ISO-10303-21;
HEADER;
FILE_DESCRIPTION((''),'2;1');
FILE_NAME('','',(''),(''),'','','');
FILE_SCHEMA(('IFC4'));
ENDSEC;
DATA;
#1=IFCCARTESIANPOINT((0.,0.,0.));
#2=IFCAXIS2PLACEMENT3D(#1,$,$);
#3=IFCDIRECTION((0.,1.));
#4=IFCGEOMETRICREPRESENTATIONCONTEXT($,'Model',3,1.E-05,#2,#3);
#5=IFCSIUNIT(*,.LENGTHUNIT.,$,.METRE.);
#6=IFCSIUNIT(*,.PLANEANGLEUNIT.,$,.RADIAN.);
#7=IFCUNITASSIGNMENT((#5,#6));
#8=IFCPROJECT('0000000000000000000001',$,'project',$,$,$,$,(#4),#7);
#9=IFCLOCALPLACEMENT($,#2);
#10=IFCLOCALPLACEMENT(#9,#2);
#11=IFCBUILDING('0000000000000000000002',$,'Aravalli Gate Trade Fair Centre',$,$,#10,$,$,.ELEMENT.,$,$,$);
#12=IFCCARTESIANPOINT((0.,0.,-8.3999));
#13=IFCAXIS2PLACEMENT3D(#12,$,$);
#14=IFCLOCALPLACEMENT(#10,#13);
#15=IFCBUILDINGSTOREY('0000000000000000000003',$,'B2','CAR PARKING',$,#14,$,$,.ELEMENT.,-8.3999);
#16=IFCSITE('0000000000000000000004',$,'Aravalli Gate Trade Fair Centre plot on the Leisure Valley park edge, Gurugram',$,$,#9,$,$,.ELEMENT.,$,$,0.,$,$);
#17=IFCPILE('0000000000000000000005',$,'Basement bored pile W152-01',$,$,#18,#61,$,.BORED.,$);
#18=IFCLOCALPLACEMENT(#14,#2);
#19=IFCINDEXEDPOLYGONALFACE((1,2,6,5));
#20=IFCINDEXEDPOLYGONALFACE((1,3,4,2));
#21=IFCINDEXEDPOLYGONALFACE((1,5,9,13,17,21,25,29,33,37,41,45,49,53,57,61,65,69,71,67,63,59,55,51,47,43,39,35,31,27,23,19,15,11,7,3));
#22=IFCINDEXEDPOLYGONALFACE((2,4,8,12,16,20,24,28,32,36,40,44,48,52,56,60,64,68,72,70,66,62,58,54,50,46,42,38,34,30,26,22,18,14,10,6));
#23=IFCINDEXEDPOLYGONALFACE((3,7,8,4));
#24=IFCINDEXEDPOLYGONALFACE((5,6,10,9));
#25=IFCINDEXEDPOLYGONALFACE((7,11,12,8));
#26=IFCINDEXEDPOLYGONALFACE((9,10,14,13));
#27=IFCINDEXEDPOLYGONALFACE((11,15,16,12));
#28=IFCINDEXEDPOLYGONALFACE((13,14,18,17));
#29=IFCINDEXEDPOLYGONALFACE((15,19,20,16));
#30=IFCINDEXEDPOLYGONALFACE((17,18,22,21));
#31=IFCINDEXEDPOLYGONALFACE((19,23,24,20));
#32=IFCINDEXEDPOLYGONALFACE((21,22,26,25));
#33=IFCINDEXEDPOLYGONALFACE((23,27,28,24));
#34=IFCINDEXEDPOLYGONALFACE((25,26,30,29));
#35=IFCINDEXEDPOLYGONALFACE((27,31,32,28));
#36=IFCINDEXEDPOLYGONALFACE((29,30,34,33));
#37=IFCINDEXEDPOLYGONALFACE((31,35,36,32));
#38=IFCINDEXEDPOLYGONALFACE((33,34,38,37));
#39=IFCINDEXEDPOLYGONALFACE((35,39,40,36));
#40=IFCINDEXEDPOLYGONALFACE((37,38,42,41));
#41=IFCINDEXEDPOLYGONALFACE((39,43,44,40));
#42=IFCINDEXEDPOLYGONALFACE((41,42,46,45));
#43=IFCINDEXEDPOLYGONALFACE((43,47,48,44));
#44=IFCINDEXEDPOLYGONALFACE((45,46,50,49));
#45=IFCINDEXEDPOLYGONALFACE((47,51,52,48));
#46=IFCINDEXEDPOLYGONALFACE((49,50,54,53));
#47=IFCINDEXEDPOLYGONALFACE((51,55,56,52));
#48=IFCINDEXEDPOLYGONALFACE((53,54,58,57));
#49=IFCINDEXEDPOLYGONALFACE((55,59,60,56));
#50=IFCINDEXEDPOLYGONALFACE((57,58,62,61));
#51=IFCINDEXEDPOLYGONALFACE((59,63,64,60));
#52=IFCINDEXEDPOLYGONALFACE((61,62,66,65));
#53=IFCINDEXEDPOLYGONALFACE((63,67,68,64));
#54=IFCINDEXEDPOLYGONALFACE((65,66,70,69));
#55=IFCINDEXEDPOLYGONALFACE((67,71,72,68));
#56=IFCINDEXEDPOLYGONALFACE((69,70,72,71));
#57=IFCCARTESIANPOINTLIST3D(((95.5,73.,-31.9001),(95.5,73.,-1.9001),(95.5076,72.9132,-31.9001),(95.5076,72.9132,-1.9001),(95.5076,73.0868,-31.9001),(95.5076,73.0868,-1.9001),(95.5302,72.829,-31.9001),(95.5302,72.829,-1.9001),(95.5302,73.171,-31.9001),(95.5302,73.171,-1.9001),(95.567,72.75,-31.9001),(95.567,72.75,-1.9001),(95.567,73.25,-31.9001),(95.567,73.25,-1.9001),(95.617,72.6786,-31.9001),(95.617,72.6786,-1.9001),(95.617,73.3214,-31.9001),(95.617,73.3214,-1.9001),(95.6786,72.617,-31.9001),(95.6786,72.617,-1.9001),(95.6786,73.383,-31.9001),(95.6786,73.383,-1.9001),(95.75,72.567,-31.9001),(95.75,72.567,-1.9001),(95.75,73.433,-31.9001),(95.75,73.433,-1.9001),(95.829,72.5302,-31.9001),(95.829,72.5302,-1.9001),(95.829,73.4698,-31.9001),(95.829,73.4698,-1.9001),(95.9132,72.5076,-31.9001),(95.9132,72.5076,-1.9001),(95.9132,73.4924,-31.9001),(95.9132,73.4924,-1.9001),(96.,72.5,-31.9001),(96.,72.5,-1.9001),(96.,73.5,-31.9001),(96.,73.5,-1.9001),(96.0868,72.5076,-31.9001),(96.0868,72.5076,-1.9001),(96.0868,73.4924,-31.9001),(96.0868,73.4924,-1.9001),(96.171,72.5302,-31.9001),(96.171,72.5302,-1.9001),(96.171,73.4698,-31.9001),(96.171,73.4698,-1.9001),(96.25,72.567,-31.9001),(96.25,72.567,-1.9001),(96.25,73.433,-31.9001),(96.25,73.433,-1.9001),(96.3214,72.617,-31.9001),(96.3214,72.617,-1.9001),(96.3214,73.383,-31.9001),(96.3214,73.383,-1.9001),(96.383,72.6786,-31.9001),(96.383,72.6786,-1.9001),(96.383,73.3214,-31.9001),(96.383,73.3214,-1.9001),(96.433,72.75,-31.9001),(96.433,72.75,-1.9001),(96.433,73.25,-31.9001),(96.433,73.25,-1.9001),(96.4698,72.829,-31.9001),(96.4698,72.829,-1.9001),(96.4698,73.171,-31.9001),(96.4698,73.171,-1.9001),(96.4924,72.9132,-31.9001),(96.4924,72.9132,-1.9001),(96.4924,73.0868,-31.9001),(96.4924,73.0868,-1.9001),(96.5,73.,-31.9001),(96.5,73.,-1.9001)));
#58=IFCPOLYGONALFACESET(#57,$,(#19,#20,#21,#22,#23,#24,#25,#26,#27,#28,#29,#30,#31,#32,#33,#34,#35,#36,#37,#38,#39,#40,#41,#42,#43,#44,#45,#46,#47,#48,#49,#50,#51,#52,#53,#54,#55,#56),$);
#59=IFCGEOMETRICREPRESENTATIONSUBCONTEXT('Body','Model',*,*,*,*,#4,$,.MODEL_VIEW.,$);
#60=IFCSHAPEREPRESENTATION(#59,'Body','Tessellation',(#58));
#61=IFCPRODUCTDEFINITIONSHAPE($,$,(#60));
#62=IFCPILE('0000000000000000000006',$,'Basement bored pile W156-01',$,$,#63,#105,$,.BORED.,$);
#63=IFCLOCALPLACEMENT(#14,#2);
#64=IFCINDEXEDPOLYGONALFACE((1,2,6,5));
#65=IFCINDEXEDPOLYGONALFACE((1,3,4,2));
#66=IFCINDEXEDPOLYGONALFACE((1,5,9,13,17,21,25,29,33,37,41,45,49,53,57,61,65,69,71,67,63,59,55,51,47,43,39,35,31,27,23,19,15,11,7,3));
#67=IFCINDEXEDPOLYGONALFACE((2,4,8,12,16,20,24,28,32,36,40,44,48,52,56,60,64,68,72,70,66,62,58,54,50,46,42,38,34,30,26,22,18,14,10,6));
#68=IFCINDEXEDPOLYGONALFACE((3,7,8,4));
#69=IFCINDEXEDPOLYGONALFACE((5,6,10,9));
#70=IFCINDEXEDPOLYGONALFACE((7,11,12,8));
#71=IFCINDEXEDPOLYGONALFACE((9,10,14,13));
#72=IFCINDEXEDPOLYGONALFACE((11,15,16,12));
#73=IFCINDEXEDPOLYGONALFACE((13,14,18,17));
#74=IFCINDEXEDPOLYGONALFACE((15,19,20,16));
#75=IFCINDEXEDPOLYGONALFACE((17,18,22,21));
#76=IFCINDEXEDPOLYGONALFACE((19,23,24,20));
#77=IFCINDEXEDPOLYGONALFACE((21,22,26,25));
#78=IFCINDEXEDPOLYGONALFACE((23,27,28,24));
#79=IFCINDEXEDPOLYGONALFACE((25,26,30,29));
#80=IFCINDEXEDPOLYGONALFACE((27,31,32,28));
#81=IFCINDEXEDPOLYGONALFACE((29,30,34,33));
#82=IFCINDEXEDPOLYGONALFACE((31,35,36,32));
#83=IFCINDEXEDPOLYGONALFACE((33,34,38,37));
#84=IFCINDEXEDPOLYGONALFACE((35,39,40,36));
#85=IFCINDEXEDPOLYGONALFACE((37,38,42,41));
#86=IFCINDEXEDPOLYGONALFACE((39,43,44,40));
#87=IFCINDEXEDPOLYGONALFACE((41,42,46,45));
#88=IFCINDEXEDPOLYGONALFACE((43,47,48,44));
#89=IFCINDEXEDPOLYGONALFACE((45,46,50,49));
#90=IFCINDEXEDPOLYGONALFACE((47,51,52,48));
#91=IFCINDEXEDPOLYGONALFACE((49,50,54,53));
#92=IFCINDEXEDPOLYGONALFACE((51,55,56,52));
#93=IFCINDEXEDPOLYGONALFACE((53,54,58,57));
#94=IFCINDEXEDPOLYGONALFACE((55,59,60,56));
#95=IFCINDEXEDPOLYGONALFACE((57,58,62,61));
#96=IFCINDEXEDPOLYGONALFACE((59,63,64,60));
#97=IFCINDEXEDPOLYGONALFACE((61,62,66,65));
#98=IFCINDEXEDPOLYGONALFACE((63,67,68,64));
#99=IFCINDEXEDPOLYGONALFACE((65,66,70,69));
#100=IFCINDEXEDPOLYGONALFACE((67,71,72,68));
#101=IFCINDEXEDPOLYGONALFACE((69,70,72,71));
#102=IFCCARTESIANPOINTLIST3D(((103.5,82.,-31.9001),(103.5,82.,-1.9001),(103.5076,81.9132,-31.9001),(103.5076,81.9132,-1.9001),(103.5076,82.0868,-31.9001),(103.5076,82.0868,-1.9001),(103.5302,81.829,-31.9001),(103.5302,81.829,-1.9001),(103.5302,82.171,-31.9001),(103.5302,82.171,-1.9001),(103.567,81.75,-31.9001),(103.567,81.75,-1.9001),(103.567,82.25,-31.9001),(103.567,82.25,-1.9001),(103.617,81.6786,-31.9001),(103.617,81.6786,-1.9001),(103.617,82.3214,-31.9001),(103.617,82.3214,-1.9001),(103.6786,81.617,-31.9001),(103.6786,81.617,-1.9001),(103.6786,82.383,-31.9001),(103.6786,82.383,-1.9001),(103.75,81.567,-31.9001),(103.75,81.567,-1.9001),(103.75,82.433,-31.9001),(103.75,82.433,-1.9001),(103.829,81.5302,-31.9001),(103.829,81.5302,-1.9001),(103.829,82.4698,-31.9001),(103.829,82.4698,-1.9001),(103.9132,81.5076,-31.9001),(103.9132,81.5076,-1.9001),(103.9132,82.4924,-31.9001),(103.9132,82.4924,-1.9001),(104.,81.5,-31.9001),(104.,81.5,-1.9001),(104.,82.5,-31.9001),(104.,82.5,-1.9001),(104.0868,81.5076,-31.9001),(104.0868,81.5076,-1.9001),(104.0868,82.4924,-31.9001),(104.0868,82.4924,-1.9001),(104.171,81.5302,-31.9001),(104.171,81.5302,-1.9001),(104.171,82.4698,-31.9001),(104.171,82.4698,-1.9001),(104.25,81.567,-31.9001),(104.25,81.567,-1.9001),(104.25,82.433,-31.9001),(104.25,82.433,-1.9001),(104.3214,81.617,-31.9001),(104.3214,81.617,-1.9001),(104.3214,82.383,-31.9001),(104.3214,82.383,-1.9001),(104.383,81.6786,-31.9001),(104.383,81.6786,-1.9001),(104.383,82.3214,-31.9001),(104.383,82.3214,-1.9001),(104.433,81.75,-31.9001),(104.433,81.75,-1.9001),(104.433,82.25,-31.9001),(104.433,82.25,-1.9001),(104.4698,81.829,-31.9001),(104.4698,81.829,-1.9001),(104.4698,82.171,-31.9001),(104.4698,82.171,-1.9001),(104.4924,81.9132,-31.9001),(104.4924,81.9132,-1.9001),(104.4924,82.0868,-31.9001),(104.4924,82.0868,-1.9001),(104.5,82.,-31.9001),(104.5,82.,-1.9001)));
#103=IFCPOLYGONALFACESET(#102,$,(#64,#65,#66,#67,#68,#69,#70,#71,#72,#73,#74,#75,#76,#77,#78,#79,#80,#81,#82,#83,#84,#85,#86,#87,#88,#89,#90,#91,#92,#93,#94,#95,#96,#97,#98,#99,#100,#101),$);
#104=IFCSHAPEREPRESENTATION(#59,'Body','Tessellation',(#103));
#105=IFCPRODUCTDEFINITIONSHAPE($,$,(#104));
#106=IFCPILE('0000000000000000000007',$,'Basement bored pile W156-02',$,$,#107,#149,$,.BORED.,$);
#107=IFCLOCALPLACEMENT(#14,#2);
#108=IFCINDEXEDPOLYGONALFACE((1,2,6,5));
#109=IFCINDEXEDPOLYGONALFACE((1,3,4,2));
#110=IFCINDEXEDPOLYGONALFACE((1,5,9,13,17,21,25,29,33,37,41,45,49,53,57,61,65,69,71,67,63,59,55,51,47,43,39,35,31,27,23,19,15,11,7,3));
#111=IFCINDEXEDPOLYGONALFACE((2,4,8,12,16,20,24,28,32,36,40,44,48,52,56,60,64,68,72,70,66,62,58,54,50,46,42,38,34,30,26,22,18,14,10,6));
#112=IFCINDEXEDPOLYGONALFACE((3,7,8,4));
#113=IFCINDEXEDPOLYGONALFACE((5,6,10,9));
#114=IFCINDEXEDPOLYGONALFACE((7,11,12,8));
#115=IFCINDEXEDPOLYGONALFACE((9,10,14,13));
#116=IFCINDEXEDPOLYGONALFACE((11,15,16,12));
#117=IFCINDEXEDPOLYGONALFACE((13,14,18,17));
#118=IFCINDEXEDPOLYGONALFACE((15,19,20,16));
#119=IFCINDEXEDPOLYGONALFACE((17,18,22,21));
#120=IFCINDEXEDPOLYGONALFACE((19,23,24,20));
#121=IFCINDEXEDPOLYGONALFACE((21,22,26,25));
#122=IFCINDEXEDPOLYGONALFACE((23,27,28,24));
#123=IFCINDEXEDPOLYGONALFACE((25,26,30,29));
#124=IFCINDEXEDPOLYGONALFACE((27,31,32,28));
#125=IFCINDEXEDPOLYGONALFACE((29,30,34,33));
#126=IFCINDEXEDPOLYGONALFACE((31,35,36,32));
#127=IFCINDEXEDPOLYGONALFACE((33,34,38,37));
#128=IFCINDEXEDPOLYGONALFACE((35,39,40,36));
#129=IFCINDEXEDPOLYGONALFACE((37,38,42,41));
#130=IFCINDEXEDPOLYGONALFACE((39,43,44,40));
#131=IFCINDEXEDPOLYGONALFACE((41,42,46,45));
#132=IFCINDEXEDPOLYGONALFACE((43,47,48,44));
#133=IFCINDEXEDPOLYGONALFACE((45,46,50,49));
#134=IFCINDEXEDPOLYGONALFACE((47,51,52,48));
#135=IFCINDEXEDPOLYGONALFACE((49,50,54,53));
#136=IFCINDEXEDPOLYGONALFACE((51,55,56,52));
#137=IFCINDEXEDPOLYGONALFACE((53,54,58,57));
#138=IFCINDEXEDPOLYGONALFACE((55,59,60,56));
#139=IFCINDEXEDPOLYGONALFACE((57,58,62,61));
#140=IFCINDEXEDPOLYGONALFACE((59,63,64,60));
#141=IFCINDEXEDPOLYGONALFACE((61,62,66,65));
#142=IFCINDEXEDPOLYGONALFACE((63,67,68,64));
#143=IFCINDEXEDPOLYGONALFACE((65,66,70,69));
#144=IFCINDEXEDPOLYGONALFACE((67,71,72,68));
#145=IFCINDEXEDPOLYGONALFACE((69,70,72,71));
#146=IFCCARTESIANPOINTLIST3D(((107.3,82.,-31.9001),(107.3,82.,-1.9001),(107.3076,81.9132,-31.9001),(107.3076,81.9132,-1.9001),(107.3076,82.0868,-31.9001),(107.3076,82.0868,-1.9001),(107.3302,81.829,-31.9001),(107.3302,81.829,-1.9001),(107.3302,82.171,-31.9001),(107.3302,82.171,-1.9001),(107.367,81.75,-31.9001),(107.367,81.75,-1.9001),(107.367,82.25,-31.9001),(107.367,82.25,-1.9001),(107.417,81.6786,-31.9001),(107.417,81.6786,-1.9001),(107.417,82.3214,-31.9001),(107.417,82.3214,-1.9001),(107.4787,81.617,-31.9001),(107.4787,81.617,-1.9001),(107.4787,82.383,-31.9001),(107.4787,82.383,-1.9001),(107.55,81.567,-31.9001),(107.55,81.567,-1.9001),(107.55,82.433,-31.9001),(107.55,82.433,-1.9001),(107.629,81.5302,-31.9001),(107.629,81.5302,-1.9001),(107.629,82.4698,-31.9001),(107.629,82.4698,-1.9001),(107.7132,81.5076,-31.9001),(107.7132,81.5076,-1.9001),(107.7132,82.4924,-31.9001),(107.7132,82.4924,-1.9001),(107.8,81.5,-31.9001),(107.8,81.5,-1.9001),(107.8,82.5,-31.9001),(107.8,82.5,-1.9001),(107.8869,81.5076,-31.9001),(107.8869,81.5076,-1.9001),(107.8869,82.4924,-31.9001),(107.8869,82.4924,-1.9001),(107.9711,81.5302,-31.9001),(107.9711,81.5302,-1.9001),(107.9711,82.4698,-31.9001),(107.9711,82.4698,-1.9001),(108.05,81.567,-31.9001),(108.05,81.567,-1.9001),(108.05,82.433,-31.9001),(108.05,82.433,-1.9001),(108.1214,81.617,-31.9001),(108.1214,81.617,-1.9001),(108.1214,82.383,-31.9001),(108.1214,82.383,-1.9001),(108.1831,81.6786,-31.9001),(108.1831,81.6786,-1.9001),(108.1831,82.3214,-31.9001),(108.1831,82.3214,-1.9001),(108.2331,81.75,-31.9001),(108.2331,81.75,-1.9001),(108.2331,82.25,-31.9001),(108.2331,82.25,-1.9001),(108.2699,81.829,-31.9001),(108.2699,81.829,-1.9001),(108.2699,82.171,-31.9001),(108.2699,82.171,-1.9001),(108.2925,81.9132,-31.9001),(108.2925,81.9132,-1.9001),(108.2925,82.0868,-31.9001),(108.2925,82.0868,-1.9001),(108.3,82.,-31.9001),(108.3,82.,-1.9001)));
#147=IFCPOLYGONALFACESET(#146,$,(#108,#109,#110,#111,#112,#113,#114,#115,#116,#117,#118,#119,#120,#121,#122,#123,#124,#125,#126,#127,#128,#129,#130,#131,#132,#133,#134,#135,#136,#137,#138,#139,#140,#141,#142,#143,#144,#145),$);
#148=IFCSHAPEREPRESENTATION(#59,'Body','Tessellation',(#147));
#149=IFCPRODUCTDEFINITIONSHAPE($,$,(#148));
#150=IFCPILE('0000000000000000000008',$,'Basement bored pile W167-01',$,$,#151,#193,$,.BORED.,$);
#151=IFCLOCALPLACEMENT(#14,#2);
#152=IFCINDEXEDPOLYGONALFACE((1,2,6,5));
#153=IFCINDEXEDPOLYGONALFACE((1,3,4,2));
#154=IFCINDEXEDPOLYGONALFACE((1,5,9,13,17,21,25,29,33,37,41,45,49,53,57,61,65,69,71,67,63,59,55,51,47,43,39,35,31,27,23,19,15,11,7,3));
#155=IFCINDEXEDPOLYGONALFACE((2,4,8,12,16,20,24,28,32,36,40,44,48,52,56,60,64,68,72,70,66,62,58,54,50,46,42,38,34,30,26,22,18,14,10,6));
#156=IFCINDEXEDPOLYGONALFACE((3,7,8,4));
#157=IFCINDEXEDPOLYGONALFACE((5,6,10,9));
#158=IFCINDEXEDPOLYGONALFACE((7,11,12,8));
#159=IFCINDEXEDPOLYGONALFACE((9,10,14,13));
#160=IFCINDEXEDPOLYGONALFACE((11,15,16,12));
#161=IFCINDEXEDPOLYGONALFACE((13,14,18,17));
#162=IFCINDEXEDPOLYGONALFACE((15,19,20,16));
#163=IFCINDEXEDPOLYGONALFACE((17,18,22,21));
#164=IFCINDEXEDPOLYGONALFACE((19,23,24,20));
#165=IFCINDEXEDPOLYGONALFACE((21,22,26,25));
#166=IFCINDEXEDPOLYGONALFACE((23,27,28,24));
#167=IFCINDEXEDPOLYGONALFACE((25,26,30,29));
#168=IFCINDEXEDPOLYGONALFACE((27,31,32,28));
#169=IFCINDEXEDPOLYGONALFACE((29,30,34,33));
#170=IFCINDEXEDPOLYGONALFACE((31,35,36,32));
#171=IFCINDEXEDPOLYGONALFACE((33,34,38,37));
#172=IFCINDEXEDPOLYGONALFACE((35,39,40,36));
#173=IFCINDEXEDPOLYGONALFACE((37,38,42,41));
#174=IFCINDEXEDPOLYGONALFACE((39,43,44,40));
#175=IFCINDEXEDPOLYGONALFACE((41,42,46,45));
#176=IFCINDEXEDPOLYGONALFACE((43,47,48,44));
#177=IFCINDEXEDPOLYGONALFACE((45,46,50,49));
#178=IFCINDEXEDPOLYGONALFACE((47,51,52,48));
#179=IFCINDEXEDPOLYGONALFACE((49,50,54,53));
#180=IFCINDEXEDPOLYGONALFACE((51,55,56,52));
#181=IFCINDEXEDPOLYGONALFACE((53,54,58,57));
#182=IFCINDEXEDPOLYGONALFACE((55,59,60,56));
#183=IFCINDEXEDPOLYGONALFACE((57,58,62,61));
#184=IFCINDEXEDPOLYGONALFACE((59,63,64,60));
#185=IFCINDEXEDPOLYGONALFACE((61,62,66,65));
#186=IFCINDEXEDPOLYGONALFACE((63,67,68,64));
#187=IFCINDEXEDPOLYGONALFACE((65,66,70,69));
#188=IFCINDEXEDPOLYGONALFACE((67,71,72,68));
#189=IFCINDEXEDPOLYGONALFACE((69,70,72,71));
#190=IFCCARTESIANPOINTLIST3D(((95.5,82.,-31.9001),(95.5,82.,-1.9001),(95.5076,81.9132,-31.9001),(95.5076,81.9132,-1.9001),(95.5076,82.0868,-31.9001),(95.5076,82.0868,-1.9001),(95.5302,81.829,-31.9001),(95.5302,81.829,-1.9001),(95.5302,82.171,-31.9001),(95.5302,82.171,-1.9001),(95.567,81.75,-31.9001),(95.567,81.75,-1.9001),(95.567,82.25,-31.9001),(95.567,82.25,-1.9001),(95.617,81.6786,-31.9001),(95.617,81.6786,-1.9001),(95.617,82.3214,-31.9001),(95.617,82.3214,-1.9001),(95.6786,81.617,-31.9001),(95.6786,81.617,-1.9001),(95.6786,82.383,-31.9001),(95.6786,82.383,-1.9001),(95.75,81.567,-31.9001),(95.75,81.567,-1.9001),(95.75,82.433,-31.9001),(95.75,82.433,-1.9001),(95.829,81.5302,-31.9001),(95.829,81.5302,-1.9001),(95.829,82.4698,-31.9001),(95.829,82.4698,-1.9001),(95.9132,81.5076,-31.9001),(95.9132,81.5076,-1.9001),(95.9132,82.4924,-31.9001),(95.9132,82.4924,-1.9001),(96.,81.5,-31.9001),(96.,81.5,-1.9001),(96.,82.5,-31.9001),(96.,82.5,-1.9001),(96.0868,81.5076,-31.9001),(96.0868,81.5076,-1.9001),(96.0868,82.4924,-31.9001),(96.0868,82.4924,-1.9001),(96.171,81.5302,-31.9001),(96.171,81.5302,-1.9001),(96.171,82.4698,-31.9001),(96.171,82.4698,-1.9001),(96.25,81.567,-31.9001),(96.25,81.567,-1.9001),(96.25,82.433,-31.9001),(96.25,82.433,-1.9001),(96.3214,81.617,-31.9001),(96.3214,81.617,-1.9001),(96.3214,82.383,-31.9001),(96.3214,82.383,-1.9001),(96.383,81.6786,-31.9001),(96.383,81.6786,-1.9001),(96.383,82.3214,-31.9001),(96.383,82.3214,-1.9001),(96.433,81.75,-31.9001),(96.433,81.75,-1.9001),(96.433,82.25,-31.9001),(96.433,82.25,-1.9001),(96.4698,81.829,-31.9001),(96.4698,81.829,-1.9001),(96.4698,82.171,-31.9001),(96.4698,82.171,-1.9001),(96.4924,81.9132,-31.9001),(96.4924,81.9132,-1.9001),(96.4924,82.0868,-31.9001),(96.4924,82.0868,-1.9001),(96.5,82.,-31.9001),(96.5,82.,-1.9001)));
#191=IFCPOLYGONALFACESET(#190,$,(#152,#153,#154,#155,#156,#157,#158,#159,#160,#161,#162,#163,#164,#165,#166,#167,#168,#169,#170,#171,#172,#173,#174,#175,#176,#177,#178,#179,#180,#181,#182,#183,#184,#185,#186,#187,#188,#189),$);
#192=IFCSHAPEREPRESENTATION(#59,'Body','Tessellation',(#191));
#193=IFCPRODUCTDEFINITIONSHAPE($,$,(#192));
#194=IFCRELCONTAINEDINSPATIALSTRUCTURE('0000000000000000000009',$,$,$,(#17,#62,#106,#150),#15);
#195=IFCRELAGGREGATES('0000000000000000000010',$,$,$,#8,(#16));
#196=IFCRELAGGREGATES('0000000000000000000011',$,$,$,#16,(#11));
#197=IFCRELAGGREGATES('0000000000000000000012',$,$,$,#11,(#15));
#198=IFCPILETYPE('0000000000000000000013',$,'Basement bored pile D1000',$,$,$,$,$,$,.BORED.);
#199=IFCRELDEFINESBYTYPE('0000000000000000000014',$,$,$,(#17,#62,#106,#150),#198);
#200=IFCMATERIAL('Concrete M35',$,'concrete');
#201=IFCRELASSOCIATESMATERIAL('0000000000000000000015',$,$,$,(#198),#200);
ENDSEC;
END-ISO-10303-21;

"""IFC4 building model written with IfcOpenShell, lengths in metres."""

from ifc_helpers import new_model, si_unit, direction, frame, origin, origin_2d, place, context, subcontext, project, spatial, circle, extrude, material, material_profile, profile_set, type_object, element, save


model = new_model("IFC4")

# Units and contexts
model_context = context("Model", 3, precision=1e-05, world=origin(), true_north=direction((0.0, 1.0)))
body_context = subcontext(model_context, "Body", "Model", "MODEL_VIEW")
ifc_project = project(units=[si_unit("LENGTHUNIT", "METRE"), si_unit("PLANEANGLEUNIT", "RADIAN")], contexts=[model_context])

# Site, building, storey
site_placement = place(None, origin())
site = spatial("IfcSite", under=ifc_project, at=site_placement, Name="Aravalli Gate Trade Fair Centre plot on the Leisure Valley park edge, Gurugram", CompositionType="ELEMENT", RefElevation=0.0)
building_placement = place(site_placement, origin())
building = spatial("IfcBuilding", under=site, at=building_placement, Name="Aravalli Gate Trade Fair Centre", CompositionType="ELEMENT")
storey_placement = place(building_placement, frame((0.0, 0.0, -8.3999)))
storey = spatial("IfcBuildingStorey", under=building, at=storey_placement, Name="B2", Description="CAR PARKING", CompositionType="ELEMENT", Elevation=-8.3999)

# Piles
ifc_material_1 = material(Name="Concrete M35", Category="concrete")
ifc_material_profile_1 = material_profile(ifc_material_1, circle(Radius=0.5, at=origin_2d()), Name="D1000")
ifc_profile_set_1 = profile_set([ifc_material_profile_1], Name="Concrete M35")
pile_type = type_object("IfcPileType", Name="Basement bored pile D1000", PredefinedType="BORED", material=ifc_profile_set_1)
for number, where, z_axis, x_axis, name in (
    (1, (96.0, 73.0, -1.9001), (0.0, 0.0, -1.0), (1.0, 0.0, 0.0), "Basement bored pile W152-01"),
    (2, (104.0, 82.0, -1.9001), (0.0, 0.0, -1.0), (1.0, 0.0, 0.0), "Basement bored pile W156-01"),
    (3, (107.8, 82.0, -1.9001), (0.0, 0.0, -1.0), (1.0, 0.0, 0.0), "Basement bored pile W156-02"),
    (4, (96.0, 82.0, -1.9001), (0.0, 0.0, -1.0), (1.0, 0.0, 0.0), "Basement bored pile W167-01"),
):
    element("IfcPile", number, at=place(storey_placement, frame(where, z_axis=z_axis, x_axis=x_axis)), inside=storey, type_object=pile_type, Name=name, PredefinedType="BORED", context=body_context, shape_type="SweptSolid", body=[
        extrude(circle(Radius=0.5, at=origin_2d()), origin(), (0.0, 0.0, 1.0), 30.0),
    ])

save(model, "model.ifc")
